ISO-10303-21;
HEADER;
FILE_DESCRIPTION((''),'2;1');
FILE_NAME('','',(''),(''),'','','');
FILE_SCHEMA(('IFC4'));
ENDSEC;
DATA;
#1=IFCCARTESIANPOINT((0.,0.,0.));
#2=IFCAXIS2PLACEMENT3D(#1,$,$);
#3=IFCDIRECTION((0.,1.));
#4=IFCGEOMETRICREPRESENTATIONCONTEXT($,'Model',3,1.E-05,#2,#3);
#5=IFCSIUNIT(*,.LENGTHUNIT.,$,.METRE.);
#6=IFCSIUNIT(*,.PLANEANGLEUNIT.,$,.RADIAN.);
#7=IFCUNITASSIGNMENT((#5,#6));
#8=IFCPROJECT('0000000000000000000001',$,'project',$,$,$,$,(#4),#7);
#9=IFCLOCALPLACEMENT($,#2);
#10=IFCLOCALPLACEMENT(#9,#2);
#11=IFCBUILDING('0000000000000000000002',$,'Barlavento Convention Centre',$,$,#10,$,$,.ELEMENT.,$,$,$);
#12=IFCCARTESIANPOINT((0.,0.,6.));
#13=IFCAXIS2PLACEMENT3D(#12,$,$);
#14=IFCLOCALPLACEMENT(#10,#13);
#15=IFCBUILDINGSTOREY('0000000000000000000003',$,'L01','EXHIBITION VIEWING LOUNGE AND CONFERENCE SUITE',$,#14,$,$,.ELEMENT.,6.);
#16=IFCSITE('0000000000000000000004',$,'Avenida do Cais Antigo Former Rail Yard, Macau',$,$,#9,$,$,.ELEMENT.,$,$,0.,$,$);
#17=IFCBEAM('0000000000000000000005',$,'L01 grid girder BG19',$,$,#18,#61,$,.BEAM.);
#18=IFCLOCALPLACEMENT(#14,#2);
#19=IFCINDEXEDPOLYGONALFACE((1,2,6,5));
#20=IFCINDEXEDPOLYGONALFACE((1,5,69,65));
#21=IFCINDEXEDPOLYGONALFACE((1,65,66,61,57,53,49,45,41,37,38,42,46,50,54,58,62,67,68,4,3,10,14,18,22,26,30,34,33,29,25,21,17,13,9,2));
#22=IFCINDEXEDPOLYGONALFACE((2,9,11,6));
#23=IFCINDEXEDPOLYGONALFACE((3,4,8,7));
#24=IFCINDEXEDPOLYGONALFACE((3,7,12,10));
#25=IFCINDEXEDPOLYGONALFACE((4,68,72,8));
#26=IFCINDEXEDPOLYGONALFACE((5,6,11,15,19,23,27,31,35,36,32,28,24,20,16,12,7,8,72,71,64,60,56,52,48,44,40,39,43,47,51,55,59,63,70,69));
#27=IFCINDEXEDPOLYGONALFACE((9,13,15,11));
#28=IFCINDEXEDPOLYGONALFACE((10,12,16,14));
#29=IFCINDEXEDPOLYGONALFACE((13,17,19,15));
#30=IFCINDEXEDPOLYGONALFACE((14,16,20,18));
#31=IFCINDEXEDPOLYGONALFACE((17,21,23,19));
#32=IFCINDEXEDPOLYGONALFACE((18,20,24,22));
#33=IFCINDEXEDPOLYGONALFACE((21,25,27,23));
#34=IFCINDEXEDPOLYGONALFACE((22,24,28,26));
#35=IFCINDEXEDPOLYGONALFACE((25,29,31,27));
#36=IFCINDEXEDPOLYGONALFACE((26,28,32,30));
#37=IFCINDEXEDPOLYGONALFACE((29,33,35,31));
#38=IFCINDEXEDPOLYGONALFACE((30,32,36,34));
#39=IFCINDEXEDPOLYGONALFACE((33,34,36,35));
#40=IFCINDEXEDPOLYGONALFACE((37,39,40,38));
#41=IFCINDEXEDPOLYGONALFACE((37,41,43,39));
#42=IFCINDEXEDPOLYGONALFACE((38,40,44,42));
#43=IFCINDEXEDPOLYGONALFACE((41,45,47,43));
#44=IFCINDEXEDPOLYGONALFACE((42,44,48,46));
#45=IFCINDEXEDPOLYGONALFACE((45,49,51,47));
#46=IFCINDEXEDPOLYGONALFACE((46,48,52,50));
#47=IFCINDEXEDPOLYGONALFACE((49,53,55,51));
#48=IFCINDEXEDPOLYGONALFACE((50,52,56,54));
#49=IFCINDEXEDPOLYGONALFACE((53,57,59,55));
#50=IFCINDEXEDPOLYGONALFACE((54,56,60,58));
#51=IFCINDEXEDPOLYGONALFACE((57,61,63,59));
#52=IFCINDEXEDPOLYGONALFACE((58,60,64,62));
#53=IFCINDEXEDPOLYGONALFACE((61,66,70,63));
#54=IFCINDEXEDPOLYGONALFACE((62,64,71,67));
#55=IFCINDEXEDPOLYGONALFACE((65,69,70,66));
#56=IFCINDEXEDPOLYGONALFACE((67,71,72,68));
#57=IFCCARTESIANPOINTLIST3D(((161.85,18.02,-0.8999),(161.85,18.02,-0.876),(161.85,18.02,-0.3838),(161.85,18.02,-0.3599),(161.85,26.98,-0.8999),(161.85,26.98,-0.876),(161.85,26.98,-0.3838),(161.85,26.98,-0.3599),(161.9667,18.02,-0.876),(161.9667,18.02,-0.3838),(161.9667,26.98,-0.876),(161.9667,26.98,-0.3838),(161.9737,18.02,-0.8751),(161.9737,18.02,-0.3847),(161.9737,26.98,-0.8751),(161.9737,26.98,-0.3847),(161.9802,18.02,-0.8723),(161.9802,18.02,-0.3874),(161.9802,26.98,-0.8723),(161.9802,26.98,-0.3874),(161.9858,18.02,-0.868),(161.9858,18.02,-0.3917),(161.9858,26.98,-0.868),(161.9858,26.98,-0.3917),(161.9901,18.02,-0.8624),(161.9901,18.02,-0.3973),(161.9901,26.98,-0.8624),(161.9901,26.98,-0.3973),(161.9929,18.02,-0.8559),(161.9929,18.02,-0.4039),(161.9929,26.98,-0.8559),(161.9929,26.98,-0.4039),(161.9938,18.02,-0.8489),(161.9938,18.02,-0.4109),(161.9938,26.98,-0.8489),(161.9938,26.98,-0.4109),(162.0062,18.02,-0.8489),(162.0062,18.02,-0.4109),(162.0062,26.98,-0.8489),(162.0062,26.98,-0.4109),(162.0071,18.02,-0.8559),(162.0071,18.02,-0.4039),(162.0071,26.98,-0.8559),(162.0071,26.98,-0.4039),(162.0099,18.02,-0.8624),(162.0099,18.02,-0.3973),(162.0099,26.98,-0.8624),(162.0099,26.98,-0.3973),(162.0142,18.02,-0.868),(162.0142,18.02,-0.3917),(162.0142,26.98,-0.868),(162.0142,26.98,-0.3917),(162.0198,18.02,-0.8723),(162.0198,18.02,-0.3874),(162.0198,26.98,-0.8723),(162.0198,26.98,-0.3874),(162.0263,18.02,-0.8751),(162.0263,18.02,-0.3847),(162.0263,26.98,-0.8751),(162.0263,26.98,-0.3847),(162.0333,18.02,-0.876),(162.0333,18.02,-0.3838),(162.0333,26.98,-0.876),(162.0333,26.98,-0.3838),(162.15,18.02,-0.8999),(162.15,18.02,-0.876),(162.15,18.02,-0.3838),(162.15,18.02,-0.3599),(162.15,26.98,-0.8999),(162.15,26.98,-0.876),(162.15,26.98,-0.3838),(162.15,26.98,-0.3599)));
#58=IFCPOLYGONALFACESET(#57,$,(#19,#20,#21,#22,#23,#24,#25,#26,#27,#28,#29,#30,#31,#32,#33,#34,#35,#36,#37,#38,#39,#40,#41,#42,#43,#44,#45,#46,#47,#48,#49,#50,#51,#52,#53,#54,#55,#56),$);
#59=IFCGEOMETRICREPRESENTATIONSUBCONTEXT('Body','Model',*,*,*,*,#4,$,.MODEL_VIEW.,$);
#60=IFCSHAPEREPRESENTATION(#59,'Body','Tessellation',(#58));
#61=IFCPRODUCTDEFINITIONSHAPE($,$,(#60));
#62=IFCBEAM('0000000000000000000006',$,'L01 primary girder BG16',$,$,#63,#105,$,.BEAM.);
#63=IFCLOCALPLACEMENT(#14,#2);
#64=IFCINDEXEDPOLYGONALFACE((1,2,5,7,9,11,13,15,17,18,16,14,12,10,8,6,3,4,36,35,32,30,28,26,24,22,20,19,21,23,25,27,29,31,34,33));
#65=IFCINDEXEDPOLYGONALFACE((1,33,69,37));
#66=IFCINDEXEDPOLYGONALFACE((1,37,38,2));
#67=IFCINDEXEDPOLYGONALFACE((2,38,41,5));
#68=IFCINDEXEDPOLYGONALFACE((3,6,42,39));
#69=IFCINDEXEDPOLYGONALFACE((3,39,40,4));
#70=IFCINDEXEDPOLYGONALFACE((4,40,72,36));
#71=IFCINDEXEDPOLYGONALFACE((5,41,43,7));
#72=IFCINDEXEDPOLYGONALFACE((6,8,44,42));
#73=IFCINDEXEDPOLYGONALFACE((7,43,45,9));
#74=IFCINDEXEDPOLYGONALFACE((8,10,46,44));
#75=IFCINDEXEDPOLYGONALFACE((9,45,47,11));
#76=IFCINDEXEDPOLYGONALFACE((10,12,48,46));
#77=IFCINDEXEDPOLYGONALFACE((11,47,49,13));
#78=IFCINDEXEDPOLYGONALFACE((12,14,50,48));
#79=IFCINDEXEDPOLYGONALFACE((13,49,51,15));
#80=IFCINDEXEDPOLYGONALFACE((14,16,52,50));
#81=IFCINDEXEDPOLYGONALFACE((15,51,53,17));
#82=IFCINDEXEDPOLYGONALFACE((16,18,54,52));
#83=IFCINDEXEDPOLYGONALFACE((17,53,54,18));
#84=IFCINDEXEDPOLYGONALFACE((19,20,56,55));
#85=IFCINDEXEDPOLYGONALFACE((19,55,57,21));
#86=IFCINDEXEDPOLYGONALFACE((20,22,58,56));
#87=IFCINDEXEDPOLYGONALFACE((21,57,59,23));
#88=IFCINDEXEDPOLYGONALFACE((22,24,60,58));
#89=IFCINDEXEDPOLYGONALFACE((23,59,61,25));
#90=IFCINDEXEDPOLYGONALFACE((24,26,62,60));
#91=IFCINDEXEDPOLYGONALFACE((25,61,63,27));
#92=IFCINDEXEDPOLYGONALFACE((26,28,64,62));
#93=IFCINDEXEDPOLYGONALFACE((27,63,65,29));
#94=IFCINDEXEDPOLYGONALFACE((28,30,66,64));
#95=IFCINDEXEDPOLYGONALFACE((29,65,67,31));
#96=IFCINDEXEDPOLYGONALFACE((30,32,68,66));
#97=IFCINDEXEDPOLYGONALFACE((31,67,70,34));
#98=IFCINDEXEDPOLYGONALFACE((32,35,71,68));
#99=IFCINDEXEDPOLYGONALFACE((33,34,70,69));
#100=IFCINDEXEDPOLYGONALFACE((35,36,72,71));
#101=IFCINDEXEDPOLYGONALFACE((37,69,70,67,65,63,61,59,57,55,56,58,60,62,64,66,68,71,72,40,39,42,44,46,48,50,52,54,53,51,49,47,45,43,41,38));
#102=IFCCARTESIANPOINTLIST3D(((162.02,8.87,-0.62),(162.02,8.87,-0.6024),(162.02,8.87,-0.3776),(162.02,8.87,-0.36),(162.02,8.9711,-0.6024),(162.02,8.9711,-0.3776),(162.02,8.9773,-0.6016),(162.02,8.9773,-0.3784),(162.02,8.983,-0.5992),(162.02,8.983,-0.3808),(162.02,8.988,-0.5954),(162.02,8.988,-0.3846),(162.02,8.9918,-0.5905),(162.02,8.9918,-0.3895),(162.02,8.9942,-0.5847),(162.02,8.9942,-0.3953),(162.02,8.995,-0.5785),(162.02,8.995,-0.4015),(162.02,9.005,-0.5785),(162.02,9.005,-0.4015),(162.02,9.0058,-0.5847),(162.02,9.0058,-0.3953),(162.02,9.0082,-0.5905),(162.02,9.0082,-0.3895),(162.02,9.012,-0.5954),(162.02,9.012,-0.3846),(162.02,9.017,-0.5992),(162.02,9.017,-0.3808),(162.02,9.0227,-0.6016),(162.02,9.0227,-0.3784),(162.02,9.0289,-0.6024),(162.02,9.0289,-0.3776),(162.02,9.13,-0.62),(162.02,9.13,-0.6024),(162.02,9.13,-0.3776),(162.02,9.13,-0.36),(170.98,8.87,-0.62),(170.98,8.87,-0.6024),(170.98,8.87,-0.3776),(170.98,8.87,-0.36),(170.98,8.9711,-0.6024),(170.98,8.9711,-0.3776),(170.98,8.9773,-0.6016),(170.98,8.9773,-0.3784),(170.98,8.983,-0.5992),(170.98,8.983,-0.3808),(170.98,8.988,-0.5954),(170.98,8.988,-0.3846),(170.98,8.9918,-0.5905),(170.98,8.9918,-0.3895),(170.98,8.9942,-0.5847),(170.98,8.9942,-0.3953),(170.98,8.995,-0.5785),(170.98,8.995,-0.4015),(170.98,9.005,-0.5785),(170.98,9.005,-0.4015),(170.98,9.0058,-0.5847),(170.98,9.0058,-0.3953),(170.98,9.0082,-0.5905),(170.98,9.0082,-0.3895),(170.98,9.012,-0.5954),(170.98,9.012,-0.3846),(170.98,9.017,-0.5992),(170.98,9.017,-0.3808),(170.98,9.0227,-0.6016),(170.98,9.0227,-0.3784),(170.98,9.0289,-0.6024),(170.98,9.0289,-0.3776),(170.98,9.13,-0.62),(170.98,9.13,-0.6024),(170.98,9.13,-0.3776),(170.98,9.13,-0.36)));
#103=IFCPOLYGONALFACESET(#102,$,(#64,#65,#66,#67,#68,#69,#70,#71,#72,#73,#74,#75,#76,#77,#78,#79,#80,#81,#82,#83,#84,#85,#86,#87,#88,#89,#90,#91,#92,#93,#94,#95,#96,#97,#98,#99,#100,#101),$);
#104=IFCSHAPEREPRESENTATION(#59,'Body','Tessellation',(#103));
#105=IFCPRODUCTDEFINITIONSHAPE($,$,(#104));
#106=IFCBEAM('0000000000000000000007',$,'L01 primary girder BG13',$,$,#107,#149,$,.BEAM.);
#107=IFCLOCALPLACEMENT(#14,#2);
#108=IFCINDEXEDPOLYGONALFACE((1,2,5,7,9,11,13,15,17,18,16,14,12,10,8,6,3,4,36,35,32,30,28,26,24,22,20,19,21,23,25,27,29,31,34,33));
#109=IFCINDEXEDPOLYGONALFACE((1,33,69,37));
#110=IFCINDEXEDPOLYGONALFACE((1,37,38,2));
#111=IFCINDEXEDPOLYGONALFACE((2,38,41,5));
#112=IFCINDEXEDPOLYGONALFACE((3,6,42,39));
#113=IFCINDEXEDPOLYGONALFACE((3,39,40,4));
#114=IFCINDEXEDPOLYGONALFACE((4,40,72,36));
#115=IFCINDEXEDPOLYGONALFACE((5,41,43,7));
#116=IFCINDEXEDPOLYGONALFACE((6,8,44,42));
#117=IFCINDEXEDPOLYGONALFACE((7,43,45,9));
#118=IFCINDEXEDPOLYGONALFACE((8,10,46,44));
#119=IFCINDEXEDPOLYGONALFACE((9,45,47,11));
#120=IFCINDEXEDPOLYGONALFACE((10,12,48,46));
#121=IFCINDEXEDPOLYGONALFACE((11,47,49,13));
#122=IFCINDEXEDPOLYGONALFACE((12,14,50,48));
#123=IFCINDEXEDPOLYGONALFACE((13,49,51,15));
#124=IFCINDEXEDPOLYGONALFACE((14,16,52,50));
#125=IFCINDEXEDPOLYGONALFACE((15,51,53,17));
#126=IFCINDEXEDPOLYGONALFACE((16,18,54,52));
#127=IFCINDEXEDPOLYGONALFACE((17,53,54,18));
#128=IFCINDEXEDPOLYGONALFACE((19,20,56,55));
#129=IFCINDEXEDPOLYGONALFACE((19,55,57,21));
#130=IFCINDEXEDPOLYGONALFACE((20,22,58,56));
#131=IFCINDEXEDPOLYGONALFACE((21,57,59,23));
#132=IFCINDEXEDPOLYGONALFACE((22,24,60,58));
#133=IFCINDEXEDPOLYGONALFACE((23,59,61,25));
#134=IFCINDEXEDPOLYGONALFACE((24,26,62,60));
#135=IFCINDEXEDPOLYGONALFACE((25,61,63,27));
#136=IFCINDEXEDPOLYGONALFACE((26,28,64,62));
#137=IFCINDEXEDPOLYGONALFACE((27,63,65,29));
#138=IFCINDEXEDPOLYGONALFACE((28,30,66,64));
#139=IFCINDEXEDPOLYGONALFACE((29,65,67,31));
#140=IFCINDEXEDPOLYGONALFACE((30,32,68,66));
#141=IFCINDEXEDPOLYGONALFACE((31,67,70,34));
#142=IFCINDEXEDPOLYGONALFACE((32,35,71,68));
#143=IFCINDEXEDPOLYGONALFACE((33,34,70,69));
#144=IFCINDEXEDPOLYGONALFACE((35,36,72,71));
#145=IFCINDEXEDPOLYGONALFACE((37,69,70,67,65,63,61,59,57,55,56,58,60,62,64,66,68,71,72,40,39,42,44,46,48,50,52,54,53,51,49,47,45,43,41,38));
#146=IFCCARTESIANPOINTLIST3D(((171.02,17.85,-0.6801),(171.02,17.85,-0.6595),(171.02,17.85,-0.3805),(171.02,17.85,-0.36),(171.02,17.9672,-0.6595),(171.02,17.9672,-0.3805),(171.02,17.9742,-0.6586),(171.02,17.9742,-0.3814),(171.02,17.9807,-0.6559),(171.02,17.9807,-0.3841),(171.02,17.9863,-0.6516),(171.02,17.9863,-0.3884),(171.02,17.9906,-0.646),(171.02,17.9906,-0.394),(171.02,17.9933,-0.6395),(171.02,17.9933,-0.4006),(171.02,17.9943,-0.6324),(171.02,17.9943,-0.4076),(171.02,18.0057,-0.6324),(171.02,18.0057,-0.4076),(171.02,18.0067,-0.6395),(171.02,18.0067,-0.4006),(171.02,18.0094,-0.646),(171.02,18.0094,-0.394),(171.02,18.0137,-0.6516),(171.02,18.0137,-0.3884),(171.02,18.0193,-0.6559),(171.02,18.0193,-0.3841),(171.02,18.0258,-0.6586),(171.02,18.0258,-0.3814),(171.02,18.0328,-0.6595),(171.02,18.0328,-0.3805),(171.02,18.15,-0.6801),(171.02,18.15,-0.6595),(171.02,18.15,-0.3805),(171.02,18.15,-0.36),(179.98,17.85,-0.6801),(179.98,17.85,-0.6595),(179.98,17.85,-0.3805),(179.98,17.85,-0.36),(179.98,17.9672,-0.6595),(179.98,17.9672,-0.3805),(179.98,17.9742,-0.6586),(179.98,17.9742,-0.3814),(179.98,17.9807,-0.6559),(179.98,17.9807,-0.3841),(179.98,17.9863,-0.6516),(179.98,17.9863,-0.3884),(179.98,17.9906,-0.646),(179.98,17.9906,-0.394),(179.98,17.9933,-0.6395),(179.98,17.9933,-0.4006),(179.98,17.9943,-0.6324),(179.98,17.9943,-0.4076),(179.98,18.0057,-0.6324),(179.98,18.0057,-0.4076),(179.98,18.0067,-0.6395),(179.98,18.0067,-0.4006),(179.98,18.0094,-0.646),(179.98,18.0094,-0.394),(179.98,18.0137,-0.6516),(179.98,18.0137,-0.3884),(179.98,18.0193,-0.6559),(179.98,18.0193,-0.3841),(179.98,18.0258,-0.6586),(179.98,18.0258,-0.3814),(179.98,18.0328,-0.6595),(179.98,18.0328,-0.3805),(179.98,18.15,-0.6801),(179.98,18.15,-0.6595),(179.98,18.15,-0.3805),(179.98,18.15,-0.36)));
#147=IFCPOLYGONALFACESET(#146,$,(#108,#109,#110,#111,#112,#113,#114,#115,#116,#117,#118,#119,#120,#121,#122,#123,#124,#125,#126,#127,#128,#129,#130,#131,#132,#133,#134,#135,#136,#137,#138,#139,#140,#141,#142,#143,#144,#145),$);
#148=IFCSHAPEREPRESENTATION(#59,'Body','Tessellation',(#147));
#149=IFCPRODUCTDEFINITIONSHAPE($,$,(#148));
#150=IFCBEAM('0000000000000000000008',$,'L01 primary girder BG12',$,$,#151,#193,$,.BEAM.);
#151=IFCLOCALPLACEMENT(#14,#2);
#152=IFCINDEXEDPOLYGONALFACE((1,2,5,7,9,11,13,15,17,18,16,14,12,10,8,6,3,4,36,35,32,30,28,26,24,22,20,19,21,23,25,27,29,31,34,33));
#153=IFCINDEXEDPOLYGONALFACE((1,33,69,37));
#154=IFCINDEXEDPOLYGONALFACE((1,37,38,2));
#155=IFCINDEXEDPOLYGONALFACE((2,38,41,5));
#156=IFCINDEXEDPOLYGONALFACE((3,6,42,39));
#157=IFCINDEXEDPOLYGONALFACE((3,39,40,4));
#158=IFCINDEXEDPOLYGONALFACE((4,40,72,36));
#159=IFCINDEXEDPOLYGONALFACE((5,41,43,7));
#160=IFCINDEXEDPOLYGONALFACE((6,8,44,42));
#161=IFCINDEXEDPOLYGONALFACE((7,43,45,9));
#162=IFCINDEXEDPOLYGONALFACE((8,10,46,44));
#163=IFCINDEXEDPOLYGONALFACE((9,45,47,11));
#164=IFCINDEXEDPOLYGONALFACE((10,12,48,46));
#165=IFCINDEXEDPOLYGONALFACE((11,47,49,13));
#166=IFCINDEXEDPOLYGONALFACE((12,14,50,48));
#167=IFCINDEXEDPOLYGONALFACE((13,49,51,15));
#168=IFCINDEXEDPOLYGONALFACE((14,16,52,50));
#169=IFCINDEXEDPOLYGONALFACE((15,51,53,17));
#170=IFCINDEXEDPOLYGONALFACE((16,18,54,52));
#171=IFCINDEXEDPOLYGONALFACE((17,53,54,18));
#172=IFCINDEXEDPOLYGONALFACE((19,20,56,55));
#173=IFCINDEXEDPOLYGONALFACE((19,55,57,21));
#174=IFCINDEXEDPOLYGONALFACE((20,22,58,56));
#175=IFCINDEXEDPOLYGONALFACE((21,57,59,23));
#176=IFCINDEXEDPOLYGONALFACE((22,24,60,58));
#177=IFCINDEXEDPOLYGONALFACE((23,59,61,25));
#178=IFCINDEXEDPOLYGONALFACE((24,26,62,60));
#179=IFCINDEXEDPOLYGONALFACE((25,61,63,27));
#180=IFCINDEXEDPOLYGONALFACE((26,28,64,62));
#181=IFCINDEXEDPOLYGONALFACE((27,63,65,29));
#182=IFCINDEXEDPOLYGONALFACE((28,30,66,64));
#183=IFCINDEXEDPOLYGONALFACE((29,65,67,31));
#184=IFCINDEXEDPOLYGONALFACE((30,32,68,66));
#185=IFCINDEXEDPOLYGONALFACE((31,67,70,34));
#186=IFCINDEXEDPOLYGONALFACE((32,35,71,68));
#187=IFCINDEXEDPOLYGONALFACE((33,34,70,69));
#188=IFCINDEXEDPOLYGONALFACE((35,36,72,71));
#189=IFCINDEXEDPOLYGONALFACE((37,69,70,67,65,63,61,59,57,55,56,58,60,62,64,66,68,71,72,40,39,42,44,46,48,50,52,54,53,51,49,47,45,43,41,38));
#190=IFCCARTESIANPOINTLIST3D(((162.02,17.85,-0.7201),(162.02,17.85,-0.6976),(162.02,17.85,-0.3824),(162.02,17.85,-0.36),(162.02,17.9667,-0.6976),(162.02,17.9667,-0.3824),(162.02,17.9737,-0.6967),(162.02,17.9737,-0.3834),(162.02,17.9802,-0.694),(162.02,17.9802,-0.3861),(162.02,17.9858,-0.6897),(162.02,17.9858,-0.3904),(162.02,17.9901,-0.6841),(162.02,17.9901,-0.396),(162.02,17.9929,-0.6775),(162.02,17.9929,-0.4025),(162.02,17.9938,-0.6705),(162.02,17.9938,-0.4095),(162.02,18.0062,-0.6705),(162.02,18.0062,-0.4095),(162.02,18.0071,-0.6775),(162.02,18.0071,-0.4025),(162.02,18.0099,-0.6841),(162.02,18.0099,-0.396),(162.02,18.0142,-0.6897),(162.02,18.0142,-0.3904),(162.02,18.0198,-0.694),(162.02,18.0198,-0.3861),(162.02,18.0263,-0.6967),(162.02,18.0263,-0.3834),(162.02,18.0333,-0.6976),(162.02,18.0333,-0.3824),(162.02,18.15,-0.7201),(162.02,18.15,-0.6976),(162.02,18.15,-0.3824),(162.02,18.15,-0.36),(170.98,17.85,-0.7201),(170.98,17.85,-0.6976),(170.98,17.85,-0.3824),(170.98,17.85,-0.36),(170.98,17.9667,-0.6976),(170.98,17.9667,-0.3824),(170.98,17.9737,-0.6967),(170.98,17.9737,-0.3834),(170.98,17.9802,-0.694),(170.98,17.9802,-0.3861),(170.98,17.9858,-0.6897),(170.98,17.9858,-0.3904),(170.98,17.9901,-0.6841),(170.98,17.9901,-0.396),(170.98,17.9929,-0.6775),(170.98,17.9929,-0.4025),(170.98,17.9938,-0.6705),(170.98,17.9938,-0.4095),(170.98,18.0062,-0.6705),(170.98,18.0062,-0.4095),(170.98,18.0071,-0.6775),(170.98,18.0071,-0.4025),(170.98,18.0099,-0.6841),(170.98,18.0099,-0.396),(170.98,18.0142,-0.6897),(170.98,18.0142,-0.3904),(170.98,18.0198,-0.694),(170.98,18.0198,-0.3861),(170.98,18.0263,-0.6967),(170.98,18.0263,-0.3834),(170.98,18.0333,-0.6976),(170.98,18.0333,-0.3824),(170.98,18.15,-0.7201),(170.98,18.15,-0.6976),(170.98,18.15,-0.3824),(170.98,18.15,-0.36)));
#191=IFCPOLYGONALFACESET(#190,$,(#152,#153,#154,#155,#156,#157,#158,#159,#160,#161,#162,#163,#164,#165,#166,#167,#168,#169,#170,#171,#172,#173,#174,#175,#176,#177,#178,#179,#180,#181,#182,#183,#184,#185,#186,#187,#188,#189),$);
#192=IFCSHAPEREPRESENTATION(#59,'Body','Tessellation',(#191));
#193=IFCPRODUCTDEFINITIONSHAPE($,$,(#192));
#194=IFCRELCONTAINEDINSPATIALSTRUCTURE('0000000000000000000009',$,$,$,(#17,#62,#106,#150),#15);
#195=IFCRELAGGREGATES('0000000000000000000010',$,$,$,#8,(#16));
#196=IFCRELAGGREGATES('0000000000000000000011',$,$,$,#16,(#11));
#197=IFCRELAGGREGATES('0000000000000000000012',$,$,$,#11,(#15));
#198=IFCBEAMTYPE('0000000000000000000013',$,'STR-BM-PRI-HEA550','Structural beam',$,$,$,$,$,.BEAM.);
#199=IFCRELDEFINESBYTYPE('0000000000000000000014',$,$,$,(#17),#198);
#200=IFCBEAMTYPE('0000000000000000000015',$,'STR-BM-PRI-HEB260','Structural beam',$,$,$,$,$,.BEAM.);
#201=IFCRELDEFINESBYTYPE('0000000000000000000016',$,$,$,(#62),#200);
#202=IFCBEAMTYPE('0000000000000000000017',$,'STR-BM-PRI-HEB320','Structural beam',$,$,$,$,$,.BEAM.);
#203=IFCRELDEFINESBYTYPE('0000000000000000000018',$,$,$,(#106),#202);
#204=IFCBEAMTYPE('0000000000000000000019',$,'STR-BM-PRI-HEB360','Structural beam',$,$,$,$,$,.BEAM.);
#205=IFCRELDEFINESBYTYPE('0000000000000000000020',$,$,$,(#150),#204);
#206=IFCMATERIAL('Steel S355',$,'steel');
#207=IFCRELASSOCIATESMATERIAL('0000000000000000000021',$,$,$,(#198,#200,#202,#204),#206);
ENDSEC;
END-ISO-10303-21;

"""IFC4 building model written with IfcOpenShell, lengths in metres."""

from ifc_helpers import new_model, si_unit, direction, frame, origin, origin_2d, place, context, subcontext, project, spatial, i_section, extrude, material, material_profile, profile_set, type_object, element, save


model = new_model("IFC4")

# Units and contexts
model_context = context("Model", 3, precision=1e-05, world=origin(), true_north=direction((0.0, 1.0)))
body_context = subcontext(model_context, "Body", "Model", "MODEL_VIEW")
ifc_project = project(units=[si_unit("LENGTHUNIT", "METRE"), si_unit("PLANEANGLEUNIT", "RADIAN")], contexts=[model_context])

# Site, building, storey
site_placement = place(None, origin())
site = spatial("IfcSite", under=ifc_project, at=site_placement, Name="Avenida do Cais Antigo Former Rail Yard, Macau", CompositionType="ELEMENT", RefElevation=0.0)
building_placement = place(site_placement, origin())
building = spatial("IfcBuilding", under=site, at=building_placement, Name="Barlavento Convention Centre", CompositionType="ELEMENT")
storey_placement = place(building_placement, frame((0.0, 0.0, 6.0)))
storey = spatial("IfcBuildingStorey", under=building, at=storey_placement, Name="L01", Description="EXHIBITION VIEWING LOUNGE AND CONFERENCE SUITE", CompositionType="ELEMENT", Elevation=6.0)

# Shared definitions
ifc_material = material(Name="Steel S355", Category="steel")

# Beams
ifc_material_profile_1 = material_profile(ifc_material, i_section(OverallWidth=0.3, OverallDepth=0.54, WebThickness=0.0125, FlangeThickness=0.0239, FilletRadius=0.0271, at=origin_2d()), Name="HEA 550")
ifc_profile_set_1 = profile_set([ifc_material_profile_1], Name="Steel S355")
beam_type_1 = type_object("IfcBeamType", Name="STR-BM-PRI-HEA550", Description="Structural beam", PredefinedType="BEAM", material=ifc_profile_set_1)
beam_1_placement = place(storey_placement, frame((162.0, 18.02, -0.6299), z_axis=(0.0, 1.0, 0.0), x_axis=(-1.0, 0.0, 0.0)))
element("IfcBeam", 1, at=beam_1_placement, inside=storey, type_object=beam_type_1, Name="L01 grid girder BG19", PredefinedType="BEAM", context=body_context, shape_type="SweptSolid", body=[
    extrude(i_section(OverallWidth=0.3, OverallDepth=0.54, WebThickness=0.0125, FlangeThickness=0.0239, FilletRadius=0.0271, at=origin_2d()), origin(), (0.0, 0.0, 1.0), 8.96),
])
ifc_material_profile_2 = material_profile(ifc_material, i_section(OverallWidth=0.26, OverallDepth=0.26, WebThickness=0.01, FlangeThickness=0.0176, FilletRadius=0.0239, at=origin_2d()), Name="HEB 260")
ifc_profile_set_2 = profile_set([ifc_material_profile_2], Name="Steel S355")
beam_type_2 = type_object("IfcBeamType", Name="STR-BM-PRI-HEB260", Description="Structural beam", PredefinedType="BEAM", material=ifc_profile_set_2)
beam_2_placement = place(storey_placement, frame((162.02, 9.0, -0.49), z_axis=(1.0, 0.0, 0.0), x_axis=(0.0, 1.0, 0.0)))
element("IfcBeam", 2, at=beam_2_placement, inside=storey, type_object=beam_type_2, Name="L01 primary girder BG16", PredefinedType="BEAM", context=body_context, shape_type="SweptSolid", body=[
    extrude(i_section(OverallWidth=0.26, OverallDepth=0.26, WebThickness=0.01, FlangeThickness=0.0176, FilletRadius=0.0239, at=origin_2d()), origin(), (0.0, 0.0, 1.0), 8.96),
])
ifc_material_profile_3 = material_profile(ifc_material, i_section(OverallWidth=0.3, OverallDepth=0.3201, WebThickness=0.0115, FlangeThickness=0.0205, FilletRadius=0.0271, at=origin_2d()), Name="HEB 320")
ifc_profile_set_3 = profile_set([ifc_material_profile_3], Name="Steel S355")
beam_type_3 = type_object("IfcBeamType", Name="STR-BM-PRI-HEB320", Description="Structural beam", PredefinedType="BEAM", material=ifc_profile_set_3)
beam_3_placement = place(storey_placement, frame((171.02, 18.0, -0.52), z_axis=(1.0, 0.0, 0.0), x_axis=(0.0, 1.0, 0.0)))
element("IfcBeam", 3, at=beam_3_placement, inside=storey, type_object=beam_type_3, Name="L01 primary girder BG13", PredefinedType="BEAM", context=body_context, shape_type="SweptSolid", body=[
    extrude(i_section(OverallWidth=0.3, OverallDepth=0.3201, WebThickness=0.0115, FlangeThickness=0.0205, FilletRadius=0.0271, at=origin_2d()), origin(), (0.0, 0.0, 1.0), 8.96),
])
ifc_material_profile_4 = material_profile(ifc_material, i_section(OverallWidth=0.3, OverallDepth=0.3601, WebThickness=0.0125, FlangeThickness=0.0225, FilletRadius=0.0271, at=origin_2d()), Name="HEB 360")
ifc_profile_set_4 = profile_set([ifc_material_profile_4], Name="Steel S355")
beam_type_4 = type_object("IfcBeamType", Name="STR-BM-PRI-HEB360", Description="Structural beam", PredefinedType="BEAM", material=ifc_profile_set_4)
beam_4_placement = place(storey_placement, frame((162.02, 18.0, -0.54), z_axis=(1.0, 0.0, 0.0), x_axis=(0.0, 1.0, 0.0)))
element("IfcBeam", 4, at=beam_4_placement, inside=storey, type_object=beam_type_4, Name="L01 primary girder BG12", PredefinedType="BEAM", context=body_context, shape_type="SweptSolid", body=[
    extrude(i_section(OverallWidth=0.3, OverallDepth=0.3601, WebThickness=0.0125, FlangeThickness=0.0225, FilletRadius=0.0271, at=origin_2d()), origin(), (0.0, 0.0, 1.0), 8.96),
])

save(model, "model.ifc")
